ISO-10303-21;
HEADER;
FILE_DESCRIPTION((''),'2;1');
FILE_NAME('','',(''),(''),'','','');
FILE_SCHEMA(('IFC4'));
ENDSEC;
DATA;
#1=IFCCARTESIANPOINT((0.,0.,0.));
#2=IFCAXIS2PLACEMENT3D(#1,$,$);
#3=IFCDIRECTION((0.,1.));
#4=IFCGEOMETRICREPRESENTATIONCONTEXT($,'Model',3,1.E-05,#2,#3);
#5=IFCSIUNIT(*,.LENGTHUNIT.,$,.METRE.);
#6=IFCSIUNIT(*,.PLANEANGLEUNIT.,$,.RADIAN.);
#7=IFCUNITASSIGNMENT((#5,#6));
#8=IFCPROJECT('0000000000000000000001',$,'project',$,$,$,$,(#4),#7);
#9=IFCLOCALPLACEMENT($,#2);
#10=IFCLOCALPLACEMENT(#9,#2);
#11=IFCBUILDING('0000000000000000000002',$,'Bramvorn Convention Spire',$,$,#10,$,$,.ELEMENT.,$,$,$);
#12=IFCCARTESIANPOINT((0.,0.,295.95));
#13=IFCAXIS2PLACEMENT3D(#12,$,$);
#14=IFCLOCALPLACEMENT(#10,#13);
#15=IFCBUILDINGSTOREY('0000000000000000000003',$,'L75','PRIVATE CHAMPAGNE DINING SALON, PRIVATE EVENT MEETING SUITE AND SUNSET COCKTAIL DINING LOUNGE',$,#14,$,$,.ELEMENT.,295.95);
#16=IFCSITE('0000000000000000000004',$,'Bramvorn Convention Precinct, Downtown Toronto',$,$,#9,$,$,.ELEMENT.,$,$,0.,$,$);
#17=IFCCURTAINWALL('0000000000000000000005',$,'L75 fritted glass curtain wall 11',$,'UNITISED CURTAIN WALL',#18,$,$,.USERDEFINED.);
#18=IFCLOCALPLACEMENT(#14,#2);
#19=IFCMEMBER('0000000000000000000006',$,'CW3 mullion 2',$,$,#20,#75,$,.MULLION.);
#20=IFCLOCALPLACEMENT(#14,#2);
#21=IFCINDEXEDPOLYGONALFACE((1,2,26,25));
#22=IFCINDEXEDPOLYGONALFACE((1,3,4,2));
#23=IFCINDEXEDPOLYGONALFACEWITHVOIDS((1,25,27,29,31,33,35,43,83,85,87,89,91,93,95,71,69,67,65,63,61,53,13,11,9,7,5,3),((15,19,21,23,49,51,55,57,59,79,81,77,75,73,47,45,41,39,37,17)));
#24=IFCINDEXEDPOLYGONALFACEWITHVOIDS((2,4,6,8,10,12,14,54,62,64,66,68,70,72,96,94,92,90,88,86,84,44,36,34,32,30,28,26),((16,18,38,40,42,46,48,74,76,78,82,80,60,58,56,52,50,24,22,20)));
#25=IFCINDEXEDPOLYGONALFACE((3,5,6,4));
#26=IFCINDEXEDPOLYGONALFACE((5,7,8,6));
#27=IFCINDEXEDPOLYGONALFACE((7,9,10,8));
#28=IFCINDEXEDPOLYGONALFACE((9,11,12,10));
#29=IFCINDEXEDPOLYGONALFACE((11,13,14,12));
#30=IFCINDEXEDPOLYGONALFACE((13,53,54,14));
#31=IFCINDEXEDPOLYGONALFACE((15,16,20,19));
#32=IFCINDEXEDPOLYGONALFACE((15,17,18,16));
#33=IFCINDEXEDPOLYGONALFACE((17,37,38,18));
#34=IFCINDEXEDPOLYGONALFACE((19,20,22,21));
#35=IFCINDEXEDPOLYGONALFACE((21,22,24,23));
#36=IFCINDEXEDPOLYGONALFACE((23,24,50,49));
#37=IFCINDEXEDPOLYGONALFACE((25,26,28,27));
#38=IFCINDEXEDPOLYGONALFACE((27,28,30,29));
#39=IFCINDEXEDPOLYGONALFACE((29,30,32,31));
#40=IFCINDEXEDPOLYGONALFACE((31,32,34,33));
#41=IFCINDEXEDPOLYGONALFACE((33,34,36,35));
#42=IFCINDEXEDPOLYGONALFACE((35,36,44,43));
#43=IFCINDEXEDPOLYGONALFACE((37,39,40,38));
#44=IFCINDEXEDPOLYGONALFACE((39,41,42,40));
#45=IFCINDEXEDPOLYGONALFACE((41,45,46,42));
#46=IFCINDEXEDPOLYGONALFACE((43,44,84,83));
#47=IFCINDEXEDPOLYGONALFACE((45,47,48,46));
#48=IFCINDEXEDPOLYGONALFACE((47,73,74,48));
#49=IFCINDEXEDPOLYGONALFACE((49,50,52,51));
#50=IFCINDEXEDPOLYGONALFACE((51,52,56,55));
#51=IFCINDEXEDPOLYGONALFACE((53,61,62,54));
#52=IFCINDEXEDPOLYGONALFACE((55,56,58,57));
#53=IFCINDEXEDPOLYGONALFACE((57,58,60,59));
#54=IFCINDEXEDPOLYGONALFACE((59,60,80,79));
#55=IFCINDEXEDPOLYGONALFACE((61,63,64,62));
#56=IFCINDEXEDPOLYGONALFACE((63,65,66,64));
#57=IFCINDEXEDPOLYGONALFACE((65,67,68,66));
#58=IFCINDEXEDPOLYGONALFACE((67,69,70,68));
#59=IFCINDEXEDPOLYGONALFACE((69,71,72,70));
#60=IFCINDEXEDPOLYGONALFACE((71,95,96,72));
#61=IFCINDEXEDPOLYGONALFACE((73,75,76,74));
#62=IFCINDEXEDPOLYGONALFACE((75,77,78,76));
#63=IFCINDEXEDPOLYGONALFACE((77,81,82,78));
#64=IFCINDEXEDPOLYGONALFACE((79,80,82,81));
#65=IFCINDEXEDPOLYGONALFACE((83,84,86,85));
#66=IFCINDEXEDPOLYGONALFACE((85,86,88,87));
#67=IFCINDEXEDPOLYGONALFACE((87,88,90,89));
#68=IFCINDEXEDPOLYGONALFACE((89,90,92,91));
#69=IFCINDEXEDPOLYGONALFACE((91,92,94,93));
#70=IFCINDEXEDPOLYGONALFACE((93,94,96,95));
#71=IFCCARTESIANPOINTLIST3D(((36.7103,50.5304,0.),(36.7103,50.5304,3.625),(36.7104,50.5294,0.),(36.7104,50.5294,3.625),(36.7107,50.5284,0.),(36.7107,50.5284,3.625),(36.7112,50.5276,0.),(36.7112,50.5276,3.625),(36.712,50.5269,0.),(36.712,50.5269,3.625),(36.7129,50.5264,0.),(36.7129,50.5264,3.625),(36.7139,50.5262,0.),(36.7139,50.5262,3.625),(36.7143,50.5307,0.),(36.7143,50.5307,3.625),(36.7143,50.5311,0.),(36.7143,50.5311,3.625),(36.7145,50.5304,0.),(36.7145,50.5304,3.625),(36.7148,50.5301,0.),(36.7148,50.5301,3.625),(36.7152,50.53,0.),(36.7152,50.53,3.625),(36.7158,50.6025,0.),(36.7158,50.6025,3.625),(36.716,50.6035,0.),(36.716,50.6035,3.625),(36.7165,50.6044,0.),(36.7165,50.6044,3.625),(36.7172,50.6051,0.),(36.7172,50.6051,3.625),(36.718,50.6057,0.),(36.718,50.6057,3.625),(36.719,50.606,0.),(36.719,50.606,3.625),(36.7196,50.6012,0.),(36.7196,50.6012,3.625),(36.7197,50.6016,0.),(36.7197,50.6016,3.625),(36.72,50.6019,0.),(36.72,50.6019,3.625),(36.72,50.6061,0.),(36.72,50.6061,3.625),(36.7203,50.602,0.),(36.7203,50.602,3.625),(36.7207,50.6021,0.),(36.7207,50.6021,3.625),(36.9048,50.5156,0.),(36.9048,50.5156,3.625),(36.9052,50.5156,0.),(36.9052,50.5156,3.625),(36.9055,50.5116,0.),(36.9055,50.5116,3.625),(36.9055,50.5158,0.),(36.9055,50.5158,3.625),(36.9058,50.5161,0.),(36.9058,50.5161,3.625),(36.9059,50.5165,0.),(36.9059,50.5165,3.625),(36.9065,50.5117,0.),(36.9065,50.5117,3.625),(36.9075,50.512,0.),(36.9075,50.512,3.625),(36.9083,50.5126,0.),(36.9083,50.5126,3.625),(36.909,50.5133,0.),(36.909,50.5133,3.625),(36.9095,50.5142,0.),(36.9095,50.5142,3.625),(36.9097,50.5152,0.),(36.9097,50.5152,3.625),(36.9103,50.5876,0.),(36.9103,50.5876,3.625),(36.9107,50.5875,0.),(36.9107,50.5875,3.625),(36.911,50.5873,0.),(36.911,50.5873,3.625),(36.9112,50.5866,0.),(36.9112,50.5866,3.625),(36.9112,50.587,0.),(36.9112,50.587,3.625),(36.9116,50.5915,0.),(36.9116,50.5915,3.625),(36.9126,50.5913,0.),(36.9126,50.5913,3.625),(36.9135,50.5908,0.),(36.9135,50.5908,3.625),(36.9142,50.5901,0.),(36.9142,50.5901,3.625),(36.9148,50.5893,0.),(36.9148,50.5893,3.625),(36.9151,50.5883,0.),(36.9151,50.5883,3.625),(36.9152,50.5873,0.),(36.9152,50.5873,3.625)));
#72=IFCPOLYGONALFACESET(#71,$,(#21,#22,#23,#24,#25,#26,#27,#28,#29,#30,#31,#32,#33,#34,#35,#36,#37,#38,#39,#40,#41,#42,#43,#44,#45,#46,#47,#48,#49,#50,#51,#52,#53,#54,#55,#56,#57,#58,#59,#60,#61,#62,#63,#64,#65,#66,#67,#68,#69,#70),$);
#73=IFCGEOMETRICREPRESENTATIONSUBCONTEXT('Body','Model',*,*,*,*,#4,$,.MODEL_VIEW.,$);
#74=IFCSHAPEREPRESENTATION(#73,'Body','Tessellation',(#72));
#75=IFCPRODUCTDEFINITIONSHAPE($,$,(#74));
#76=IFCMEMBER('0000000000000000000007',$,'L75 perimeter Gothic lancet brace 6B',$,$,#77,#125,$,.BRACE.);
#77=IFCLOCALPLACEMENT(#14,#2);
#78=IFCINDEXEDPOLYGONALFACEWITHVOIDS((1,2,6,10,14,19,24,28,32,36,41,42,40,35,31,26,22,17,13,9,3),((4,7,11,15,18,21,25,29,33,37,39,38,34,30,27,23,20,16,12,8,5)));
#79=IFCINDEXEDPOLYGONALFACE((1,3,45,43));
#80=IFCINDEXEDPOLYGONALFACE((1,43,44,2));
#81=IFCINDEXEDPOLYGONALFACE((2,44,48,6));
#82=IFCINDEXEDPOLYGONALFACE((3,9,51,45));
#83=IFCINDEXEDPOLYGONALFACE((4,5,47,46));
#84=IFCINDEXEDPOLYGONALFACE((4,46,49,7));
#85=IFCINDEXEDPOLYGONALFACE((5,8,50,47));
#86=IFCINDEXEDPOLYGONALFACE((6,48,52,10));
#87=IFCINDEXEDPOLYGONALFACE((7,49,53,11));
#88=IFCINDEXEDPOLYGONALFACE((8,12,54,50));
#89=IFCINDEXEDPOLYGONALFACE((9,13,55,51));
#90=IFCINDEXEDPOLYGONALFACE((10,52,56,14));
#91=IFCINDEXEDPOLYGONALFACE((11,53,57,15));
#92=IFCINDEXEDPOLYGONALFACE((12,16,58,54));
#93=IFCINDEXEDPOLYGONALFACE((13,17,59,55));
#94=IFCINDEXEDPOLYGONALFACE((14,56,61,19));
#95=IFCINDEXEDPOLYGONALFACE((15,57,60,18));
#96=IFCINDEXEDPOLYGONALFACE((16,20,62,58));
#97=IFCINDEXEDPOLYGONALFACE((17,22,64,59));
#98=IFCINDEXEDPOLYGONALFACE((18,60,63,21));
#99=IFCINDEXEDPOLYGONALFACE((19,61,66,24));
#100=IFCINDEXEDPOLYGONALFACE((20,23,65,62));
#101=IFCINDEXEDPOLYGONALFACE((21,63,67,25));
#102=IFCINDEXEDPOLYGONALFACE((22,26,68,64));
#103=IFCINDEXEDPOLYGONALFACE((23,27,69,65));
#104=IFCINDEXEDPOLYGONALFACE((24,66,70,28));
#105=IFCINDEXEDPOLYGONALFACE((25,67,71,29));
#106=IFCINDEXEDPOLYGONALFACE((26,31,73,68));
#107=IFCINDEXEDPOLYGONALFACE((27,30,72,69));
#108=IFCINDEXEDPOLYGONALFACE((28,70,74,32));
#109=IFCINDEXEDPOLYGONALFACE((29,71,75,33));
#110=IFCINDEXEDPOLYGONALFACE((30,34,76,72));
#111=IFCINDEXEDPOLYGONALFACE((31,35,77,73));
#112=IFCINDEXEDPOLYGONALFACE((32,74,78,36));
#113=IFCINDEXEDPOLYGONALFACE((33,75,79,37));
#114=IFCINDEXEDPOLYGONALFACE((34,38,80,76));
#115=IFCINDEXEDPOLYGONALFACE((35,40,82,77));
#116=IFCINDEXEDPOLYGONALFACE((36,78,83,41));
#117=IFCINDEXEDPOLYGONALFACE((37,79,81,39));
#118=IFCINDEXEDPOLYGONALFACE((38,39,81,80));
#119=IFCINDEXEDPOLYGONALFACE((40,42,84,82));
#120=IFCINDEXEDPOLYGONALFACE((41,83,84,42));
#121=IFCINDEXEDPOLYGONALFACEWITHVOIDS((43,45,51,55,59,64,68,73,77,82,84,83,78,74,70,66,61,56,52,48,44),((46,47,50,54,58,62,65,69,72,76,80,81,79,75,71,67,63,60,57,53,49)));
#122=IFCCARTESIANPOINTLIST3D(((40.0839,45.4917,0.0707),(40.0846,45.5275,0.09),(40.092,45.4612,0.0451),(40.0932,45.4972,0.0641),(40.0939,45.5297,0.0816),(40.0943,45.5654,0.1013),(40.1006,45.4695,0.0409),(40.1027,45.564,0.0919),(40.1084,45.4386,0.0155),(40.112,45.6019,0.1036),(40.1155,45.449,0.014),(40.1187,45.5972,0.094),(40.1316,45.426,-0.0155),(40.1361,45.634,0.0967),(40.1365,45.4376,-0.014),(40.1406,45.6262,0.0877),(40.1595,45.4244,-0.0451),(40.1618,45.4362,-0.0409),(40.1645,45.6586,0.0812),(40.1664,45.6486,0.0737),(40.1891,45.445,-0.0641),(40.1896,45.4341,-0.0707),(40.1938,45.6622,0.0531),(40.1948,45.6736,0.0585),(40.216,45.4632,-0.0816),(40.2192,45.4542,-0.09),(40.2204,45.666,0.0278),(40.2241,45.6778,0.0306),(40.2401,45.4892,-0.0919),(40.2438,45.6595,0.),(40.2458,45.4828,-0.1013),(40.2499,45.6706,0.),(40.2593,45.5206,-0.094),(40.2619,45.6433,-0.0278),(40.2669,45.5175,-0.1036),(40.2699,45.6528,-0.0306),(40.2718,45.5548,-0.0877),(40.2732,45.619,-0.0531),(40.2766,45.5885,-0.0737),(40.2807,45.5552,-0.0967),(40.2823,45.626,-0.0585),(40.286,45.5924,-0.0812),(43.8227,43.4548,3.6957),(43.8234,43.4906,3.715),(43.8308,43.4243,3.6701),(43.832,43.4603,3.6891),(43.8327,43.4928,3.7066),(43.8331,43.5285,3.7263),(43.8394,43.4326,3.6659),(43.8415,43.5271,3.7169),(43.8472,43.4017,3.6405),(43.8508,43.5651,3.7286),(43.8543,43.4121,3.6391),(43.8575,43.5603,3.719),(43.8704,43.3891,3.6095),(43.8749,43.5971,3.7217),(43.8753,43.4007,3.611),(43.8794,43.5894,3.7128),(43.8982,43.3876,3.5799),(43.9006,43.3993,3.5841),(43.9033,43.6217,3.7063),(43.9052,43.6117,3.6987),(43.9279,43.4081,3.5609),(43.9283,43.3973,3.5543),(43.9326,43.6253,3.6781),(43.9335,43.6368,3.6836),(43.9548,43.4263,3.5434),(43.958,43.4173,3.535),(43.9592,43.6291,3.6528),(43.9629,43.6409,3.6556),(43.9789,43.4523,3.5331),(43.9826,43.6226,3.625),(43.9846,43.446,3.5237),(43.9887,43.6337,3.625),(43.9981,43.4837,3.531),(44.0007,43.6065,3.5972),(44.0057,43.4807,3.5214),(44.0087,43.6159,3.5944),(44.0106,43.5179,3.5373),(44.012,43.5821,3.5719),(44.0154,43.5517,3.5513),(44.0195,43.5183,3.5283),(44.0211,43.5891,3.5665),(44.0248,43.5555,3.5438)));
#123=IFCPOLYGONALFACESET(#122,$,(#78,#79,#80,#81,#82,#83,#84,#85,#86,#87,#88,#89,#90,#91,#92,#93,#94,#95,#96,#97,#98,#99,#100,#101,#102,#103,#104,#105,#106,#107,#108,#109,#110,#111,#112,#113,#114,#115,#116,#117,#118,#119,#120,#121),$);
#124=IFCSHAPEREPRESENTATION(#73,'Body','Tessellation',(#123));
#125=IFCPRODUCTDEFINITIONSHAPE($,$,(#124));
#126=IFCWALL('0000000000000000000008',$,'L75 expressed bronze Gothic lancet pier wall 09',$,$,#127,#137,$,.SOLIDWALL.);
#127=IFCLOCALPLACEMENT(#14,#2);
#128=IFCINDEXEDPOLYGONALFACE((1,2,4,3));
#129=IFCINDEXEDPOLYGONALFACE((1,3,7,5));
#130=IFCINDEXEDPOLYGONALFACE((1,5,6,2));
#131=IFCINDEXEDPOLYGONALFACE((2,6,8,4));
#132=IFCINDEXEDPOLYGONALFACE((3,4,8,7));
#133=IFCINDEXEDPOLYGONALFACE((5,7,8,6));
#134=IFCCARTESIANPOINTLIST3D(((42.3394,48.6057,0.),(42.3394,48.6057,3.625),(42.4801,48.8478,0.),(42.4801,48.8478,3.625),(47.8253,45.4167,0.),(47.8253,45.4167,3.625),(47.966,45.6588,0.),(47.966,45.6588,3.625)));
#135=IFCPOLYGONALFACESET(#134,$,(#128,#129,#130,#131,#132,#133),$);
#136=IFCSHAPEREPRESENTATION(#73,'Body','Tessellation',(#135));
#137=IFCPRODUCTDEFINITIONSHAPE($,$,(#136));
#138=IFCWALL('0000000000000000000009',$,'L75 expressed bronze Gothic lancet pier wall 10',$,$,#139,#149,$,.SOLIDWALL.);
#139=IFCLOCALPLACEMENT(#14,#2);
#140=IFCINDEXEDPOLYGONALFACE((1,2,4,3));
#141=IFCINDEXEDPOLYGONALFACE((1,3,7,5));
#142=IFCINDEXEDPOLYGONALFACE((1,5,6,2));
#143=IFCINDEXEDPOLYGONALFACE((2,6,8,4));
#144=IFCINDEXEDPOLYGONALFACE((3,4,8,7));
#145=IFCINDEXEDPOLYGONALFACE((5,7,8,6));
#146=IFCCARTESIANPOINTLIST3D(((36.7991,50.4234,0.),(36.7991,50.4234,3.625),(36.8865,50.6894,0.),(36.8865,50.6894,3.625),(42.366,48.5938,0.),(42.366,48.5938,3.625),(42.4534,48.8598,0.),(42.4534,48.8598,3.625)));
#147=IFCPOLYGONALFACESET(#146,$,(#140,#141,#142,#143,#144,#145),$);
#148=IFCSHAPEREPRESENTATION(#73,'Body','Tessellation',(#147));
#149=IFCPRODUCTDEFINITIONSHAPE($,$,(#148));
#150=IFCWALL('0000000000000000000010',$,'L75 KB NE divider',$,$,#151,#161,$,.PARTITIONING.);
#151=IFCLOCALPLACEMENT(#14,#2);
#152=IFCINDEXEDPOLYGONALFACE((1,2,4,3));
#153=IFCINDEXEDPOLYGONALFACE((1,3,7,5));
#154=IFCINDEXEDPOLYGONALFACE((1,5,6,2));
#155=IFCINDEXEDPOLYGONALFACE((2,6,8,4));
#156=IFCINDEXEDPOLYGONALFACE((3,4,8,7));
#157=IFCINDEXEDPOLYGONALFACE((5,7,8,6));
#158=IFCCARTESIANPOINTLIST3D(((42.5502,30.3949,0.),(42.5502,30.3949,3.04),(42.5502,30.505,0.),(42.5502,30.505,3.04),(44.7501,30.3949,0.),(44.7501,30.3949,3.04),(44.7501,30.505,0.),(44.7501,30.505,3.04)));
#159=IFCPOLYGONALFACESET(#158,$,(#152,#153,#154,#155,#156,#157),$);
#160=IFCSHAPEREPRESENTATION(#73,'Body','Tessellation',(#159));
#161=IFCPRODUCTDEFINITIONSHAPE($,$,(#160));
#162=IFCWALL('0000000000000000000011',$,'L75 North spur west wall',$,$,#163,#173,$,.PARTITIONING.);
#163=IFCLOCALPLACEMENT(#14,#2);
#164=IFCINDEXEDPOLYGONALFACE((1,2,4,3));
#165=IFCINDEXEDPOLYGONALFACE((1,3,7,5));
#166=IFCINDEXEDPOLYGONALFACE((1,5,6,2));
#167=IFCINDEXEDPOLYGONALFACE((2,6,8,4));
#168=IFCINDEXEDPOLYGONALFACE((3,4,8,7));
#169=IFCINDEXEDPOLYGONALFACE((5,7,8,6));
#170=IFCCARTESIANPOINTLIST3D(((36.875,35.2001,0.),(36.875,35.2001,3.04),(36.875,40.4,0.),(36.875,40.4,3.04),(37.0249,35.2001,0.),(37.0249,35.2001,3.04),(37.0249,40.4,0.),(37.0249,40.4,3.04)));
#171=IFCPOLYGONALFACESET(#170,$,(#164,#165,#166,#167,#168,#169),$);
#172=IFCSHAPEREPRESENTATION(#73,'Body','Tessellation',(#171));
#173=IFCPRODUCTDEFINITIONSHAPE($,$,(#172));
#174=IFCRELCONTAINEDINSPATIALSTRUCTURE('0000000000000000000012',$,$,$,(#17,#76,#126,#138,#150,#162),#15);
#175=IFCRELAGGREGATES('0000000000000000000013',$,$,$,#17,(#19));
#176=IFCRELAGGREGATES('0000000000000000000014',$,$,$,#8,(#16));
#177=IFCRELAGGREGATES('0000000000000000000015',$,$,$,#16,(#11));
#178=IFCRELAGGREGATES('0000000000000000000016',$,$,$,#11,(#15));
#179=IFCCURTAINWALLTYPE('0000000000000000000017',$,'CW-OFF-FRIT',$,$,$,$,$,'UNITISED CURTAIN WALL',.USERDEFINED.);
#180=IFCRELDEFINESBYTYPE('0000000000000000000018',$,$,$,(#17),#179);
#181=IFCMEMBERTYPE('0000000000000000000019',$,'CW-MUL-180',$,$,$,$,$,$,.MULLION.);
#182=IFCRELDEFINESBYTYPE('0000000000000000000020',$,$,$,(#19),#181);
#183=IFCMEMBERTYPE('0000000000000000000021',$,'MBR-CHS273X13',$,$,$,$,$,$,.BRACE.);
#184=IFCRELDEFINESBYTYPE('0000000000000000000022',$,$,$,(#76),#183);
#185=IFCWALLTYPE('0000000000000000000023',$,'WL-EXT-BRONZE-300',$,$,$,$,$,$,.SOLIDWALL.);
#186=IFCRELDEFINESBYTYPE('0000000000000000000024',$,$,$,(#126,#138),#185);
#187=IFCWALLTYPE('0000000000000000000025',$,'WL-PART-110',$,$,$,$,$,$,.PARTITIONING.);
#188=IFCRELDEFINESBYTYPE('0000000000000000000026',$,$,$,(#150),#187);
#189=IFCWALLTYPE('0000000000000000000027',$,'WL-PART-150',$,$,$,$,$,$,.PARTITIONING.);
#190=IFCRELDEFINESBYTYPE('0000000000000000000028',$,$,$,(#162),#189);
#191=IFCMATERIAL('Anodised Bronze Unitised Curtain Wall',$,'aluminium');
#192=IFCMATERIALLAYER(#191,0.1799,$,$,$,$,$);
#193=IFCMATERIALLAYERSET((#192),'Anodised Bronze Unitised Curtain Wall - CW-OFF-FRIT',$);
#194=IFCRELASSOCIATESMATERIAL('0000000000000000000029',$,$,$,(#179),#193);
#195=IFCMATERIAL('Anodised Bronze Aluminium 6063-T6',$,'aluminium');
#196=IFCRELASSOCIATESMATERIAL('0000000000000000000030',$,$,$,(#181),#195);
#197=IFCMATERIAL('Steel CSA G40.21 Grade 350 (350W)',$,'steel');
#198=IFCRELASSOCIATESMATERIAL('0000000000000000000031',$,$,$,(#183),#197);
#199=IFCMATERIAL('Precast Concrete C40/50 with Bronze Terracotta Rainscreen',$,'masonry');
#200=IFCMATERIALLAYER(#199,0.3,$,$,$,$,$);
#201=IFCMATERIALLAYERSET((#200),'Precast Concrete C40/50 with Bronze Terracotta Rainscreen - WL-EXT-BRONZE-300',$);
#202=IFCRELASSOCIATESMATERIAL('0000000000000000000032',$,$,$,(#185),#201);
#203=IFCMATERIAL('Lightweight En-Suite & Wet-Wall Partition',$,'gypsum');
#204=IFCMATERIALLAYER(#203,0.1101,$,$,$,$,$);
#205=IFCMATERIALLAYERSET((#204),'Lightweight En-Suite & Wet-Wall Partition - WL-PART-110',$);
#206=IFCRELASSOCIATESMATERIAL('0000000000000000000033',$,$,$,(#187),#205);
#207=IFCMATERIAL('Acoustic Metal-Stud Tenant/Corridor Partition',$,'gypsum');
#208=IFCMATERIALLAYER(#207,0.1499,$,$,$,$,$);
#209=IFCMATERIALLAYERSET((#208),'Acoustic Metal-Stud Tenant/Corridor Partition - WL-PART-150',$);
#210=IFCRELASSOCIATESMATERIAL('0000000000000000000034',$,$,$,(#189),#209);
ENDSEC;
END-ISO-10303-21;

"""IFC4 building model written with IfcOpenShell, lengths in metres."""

from ifc_helpers import new_model, si_unit, direction, frame, frame_2d, origin, origin_2d, place, context, subcontext, project, spatial, rectangle, hollow_rectangle, hollow_circle, extrude, material, layer, layer_set, material_profile, profile_set, type_object, element, aggregate, save


model = new_model("IFC4")

# Units and contexts
model_context = context("Model", 3, precision=1e-05, world=origin(), true_north=direction((0.0, 1.0)))
body_context = subcontext(model_context, "Body", "Model", "MODEL_VIEW")
ifc_project = project(units=[si_unit("LENGTHUNIT", "METRE"), si_unit("PLANEANGLEUNIT", "RADIAN")], contexts=[model_context])

# Site, building, storey
site_placement = place(None, origin())
site = spatial("IfcSite", under=ifc_project, at=site_placement, Name="Bramvorn Convention Precinct, Downtown Toronto", CompositionType="ELEMENT", RefElevation=0.0)
building_placement = place(site_placement, origin())
building = spatial("IfcBuilding", under=site, at=building_placement, Name="Bramvorn Convention Spire", CompositionType="ELEMENT")
storey_placement = place(building_placement, frame((0.0, 0.0, 295.95)))
storey = spatial("IfcBuildingStorey", under=building, at=storey_placement, Name="L75", Description="PRIVATE CHAMPAGNE DINING SALON, PRIVATE EVENT MEETING SUITE AND SUNSET COCKTAIL DINING LOUNGE", CompositionType="ELEMENT", Elevation=295.95)

# Shared definitions
ifc_material_1 = material(Name="Steel CSA G40.21 Grade 350 (350W)", Category="steel")

# Curtain wall, member
ifc_material_2 = material(Name="Anodised Bronze Unitised Curtain Wall", Category="aluminium")
ifc_layer_1 = layer(ifc_material_2, 0.1799)
ifc_layer_set_1 = layer_set([ifc_layer_1], Name="Anodised Bronze Unitised Curtain Wall - CW-OFF-FRIT")
curtain_wall_type = type_object("IfcCurtainWallType", Name="CW-OFF-FRIT", ElementType="UNITISED CURTAIN WALL", PredefinedType="USERDEFINED", material=ifc_layer_set_1)
curtain_wall_placement = place(storey_placement, origin())
curtain_wall = element("IfcCurtainWall", 1, at=curtain_wall_placement, inside=storey, type_object=curtain_wall_type, Name="L75 fritted glass curtain wall 11", ObjectType="UNITISED CURTAIN WALL", PredefinedType="USERDEFINED")
ifc_material_3 = material(Name="Anodised Bronze Aluminium 6063-T6", Category="aluminium")
ifc_material_profile_1 = material_profile(ifc_material_3, hollow_rectangle(XDim=0.0801, YDim=0.2, WallThickness=0.0039, InnerFilletRadius=0.001, OuterFilletRadius=0.0039, at=origin_2d()))
ifc_profile_set_1 = profile_set([ifc_material_profile_1], Name="Anodised Bronze Aluminium 6063-T6 - CWM80X200")
member_type_1 = type_object("IfcMemberType", Name="CW-MUL-180", PredefinedType="MULLION", material=ifc_profile_set_1)
member_1_placement = place(storey_placement, frame((36.8127, 50.5588, 0.0), z_axis=(0.0, 0.0, 1.0), x_axis=(0.075939, 0.997112, 0.0)))
member_1 = element("IfcMember", 2, at=member_1_placement, type_object=member_type_1, Name="CW3 mullion 2", PredefinedType="MULLION", context=body_context, shape_type="SweptSolid", body=[
    extrude(hollow_rectangle(XDim=0.0801, YDim=0.2, WallThickness=0.0039, InnerFilletRadius=0.001, OuterFilletRadius=0.0039, at=origin_2d()), origin(), (0.0, 0.0, 1.0), 3.625),
])
aggregate(curtain_wall, [member_1])

# Member
ifc_material_profile_2 = material_profile(ifc_material_1, hollow_circle(Radius=0.1365, WallThickness=0.0127, at=origin_2d()))
ifc_profile_set_2 = profile_set([ifc_material_profile_2], Name="Steel CSA G40.21 Grade 350 (350W) - CHS273X13")
member_type_2 = type_object("IfcMemberType", Name="MBR-CHS273X13", PredefinedType="BRACE", material=ifc_profile_set_2)
member_2_placement = place(storey_placement, frame((40.1846, 45.5508, 0.0), z_axis=(0.668621, -0.364262, 0.648275), x_axis=(0.478406, 0.878139, 0.0)))
element("IfcMember", 3, at=member_2_placement, inside=storey, type_object=member_type_2, Name="L75 perimeter Gothic lancet brace 6B", PredefinedType="BRACE", context=body_context, shape_type="SweptSolid", body=[
    extrude(hollow_circle(Radius=0.1365, WallThickness=0.0127, at=origin_2d()), origin(), (0.0, 0.0, 1.0), 5.5918),
])

# Walls
ifc_material_4 = material(Name="Precast Concrete C40/50 with Bronze Terracotta Rainscreen", Category="masonry")
ifc_layer_2 = layer(ifc_material_4, 0.3)
ifc_layer_set_2 = layer_set([ifc_layer_2], Name="Precast Concrete C40/50 with Bronze Terracotta Rainscreen - WL-EXT-BRONZE-300")
wall_type_1 = type_object("IfcWallType", Name="WL-EXT-BRONZE-300", PredefinedType="SOLIDWALL", material=ifc_layer_set_2)
wall_1_placement = place(storey_placement, frame((42.4097, 48.7268, 0.0), z_axis=(0.0, 0.0, 1.0), x_axis=(0.86454, -0.502564, 0.0)))
element("IfcWall", 4, at=wall_1_placement, inside=storey, type_object=wall_type_1, Name="L75 expressed bronze Gothic lancet pier wall 09", PredefinedType="SOLIDWALL", context=body_context, shape_type="SweptSolid", body=[
    extrude(rectangle(XDim=6.3455, YDim=0.28, at=frame_2d((3.1729, 0.0))), origin(), (0.0, 0.0, 1.0), 3.625),
])
wall_2_placement = place(storey_placement, frame((36.8428, 50.5564, 0.0), z_axis=(0.0, 0.0, 1.0), x_axis=(0.950008, -0.312225, 0.0)))
element("IfcWall", 5, at=wall_2_placement, inside=storey, type_object=wall_type_1, Name="L75 expressed bronze Gothic lancet pier wall 10", PredefinedType="SOLIDWALL", context=body_context, shape_type="SweptSolid", body=[
    extrude(rectangle(XDim=5.8599, YDim=0.28, at=frame_2d((2.9299, 0.0))), origin(), (0.0, 0.0, 1.0), 3.625),
])
ifc_material_5 = material(Name="Lightweight En-Suite & Wet-Wall Partition", Category="gypsum")
ifc_layer_3 = layer(ifc_material_5, 0.1101)
ifc_layer_set_3 = layer_set([ifc_layer_3], Name="Lightweight En-Suite & Wet-Wall Partition - WL-PART-110")
wall_type_2 = type_object("IfcWallType", Name="WL-PART-110", PredefinedType="PARTITIONING", material=ifc_layer_set_3)
wall_3_placement = place(storey_placement, frame((42.55, 30.45, 0.0), z_axis=(0.0, 0.0, 1.0), x_axis=(1.0, 0.0, 0.0)))
element("IfcWall", 6, at=wall_3_placement, inside=storey, type_object=wall_type_2, Name="L75 KB NE divider", PredefinedType="PARTITIONING", context=body_context, shape_type="SweptSolid", body=[
    extrude(rectangle(XDim=2.2, YDim=0.1101, at=frame_2d((1.1001, 0.0))), origin(), (0.0, 0.0, 1.0), 3.04),
])
ifc_material_6 = material(Name="Acoustic Metal-Stud Tenant/Corridor Partition", Category="gypsum")
ifc_layer_4 = layer(ifc_material_6, 0.1499)
ifc_layer_set_4 = layer_set([ifc_layer_4], Name="Acoustic Metal-Stud Tenant/Corridor Partition - WL-PART-150")
wall_type_3 = type_object("IfcWallType", Name="WL-PART-150", PredefinedType="PARTITIONING", material=ifc_layer_set_4)
wall_4_placement = place(storey_placement, frame((36.95, 35.2, 0.0), z_axis=(0.0, 0.0, 1.0), x_axis=(0.0, 1.0, 0.0)))
element("IfcWall", 7, at=wall_4_placement, inside=storey, type_object=wall_type_3, Name="L75 North spur west wall", PredefinedType="PARTITIONING", context=body_context, shape_type="SweptSolid", body=[
    extrude(rectangle(XDim=5.2, YDim=0.1499, at=frame_2d((2.6001, 0.0))), origin(), (0.0, 0.0, 1.0), 3.04),
])

save(model, "model.ifc")
